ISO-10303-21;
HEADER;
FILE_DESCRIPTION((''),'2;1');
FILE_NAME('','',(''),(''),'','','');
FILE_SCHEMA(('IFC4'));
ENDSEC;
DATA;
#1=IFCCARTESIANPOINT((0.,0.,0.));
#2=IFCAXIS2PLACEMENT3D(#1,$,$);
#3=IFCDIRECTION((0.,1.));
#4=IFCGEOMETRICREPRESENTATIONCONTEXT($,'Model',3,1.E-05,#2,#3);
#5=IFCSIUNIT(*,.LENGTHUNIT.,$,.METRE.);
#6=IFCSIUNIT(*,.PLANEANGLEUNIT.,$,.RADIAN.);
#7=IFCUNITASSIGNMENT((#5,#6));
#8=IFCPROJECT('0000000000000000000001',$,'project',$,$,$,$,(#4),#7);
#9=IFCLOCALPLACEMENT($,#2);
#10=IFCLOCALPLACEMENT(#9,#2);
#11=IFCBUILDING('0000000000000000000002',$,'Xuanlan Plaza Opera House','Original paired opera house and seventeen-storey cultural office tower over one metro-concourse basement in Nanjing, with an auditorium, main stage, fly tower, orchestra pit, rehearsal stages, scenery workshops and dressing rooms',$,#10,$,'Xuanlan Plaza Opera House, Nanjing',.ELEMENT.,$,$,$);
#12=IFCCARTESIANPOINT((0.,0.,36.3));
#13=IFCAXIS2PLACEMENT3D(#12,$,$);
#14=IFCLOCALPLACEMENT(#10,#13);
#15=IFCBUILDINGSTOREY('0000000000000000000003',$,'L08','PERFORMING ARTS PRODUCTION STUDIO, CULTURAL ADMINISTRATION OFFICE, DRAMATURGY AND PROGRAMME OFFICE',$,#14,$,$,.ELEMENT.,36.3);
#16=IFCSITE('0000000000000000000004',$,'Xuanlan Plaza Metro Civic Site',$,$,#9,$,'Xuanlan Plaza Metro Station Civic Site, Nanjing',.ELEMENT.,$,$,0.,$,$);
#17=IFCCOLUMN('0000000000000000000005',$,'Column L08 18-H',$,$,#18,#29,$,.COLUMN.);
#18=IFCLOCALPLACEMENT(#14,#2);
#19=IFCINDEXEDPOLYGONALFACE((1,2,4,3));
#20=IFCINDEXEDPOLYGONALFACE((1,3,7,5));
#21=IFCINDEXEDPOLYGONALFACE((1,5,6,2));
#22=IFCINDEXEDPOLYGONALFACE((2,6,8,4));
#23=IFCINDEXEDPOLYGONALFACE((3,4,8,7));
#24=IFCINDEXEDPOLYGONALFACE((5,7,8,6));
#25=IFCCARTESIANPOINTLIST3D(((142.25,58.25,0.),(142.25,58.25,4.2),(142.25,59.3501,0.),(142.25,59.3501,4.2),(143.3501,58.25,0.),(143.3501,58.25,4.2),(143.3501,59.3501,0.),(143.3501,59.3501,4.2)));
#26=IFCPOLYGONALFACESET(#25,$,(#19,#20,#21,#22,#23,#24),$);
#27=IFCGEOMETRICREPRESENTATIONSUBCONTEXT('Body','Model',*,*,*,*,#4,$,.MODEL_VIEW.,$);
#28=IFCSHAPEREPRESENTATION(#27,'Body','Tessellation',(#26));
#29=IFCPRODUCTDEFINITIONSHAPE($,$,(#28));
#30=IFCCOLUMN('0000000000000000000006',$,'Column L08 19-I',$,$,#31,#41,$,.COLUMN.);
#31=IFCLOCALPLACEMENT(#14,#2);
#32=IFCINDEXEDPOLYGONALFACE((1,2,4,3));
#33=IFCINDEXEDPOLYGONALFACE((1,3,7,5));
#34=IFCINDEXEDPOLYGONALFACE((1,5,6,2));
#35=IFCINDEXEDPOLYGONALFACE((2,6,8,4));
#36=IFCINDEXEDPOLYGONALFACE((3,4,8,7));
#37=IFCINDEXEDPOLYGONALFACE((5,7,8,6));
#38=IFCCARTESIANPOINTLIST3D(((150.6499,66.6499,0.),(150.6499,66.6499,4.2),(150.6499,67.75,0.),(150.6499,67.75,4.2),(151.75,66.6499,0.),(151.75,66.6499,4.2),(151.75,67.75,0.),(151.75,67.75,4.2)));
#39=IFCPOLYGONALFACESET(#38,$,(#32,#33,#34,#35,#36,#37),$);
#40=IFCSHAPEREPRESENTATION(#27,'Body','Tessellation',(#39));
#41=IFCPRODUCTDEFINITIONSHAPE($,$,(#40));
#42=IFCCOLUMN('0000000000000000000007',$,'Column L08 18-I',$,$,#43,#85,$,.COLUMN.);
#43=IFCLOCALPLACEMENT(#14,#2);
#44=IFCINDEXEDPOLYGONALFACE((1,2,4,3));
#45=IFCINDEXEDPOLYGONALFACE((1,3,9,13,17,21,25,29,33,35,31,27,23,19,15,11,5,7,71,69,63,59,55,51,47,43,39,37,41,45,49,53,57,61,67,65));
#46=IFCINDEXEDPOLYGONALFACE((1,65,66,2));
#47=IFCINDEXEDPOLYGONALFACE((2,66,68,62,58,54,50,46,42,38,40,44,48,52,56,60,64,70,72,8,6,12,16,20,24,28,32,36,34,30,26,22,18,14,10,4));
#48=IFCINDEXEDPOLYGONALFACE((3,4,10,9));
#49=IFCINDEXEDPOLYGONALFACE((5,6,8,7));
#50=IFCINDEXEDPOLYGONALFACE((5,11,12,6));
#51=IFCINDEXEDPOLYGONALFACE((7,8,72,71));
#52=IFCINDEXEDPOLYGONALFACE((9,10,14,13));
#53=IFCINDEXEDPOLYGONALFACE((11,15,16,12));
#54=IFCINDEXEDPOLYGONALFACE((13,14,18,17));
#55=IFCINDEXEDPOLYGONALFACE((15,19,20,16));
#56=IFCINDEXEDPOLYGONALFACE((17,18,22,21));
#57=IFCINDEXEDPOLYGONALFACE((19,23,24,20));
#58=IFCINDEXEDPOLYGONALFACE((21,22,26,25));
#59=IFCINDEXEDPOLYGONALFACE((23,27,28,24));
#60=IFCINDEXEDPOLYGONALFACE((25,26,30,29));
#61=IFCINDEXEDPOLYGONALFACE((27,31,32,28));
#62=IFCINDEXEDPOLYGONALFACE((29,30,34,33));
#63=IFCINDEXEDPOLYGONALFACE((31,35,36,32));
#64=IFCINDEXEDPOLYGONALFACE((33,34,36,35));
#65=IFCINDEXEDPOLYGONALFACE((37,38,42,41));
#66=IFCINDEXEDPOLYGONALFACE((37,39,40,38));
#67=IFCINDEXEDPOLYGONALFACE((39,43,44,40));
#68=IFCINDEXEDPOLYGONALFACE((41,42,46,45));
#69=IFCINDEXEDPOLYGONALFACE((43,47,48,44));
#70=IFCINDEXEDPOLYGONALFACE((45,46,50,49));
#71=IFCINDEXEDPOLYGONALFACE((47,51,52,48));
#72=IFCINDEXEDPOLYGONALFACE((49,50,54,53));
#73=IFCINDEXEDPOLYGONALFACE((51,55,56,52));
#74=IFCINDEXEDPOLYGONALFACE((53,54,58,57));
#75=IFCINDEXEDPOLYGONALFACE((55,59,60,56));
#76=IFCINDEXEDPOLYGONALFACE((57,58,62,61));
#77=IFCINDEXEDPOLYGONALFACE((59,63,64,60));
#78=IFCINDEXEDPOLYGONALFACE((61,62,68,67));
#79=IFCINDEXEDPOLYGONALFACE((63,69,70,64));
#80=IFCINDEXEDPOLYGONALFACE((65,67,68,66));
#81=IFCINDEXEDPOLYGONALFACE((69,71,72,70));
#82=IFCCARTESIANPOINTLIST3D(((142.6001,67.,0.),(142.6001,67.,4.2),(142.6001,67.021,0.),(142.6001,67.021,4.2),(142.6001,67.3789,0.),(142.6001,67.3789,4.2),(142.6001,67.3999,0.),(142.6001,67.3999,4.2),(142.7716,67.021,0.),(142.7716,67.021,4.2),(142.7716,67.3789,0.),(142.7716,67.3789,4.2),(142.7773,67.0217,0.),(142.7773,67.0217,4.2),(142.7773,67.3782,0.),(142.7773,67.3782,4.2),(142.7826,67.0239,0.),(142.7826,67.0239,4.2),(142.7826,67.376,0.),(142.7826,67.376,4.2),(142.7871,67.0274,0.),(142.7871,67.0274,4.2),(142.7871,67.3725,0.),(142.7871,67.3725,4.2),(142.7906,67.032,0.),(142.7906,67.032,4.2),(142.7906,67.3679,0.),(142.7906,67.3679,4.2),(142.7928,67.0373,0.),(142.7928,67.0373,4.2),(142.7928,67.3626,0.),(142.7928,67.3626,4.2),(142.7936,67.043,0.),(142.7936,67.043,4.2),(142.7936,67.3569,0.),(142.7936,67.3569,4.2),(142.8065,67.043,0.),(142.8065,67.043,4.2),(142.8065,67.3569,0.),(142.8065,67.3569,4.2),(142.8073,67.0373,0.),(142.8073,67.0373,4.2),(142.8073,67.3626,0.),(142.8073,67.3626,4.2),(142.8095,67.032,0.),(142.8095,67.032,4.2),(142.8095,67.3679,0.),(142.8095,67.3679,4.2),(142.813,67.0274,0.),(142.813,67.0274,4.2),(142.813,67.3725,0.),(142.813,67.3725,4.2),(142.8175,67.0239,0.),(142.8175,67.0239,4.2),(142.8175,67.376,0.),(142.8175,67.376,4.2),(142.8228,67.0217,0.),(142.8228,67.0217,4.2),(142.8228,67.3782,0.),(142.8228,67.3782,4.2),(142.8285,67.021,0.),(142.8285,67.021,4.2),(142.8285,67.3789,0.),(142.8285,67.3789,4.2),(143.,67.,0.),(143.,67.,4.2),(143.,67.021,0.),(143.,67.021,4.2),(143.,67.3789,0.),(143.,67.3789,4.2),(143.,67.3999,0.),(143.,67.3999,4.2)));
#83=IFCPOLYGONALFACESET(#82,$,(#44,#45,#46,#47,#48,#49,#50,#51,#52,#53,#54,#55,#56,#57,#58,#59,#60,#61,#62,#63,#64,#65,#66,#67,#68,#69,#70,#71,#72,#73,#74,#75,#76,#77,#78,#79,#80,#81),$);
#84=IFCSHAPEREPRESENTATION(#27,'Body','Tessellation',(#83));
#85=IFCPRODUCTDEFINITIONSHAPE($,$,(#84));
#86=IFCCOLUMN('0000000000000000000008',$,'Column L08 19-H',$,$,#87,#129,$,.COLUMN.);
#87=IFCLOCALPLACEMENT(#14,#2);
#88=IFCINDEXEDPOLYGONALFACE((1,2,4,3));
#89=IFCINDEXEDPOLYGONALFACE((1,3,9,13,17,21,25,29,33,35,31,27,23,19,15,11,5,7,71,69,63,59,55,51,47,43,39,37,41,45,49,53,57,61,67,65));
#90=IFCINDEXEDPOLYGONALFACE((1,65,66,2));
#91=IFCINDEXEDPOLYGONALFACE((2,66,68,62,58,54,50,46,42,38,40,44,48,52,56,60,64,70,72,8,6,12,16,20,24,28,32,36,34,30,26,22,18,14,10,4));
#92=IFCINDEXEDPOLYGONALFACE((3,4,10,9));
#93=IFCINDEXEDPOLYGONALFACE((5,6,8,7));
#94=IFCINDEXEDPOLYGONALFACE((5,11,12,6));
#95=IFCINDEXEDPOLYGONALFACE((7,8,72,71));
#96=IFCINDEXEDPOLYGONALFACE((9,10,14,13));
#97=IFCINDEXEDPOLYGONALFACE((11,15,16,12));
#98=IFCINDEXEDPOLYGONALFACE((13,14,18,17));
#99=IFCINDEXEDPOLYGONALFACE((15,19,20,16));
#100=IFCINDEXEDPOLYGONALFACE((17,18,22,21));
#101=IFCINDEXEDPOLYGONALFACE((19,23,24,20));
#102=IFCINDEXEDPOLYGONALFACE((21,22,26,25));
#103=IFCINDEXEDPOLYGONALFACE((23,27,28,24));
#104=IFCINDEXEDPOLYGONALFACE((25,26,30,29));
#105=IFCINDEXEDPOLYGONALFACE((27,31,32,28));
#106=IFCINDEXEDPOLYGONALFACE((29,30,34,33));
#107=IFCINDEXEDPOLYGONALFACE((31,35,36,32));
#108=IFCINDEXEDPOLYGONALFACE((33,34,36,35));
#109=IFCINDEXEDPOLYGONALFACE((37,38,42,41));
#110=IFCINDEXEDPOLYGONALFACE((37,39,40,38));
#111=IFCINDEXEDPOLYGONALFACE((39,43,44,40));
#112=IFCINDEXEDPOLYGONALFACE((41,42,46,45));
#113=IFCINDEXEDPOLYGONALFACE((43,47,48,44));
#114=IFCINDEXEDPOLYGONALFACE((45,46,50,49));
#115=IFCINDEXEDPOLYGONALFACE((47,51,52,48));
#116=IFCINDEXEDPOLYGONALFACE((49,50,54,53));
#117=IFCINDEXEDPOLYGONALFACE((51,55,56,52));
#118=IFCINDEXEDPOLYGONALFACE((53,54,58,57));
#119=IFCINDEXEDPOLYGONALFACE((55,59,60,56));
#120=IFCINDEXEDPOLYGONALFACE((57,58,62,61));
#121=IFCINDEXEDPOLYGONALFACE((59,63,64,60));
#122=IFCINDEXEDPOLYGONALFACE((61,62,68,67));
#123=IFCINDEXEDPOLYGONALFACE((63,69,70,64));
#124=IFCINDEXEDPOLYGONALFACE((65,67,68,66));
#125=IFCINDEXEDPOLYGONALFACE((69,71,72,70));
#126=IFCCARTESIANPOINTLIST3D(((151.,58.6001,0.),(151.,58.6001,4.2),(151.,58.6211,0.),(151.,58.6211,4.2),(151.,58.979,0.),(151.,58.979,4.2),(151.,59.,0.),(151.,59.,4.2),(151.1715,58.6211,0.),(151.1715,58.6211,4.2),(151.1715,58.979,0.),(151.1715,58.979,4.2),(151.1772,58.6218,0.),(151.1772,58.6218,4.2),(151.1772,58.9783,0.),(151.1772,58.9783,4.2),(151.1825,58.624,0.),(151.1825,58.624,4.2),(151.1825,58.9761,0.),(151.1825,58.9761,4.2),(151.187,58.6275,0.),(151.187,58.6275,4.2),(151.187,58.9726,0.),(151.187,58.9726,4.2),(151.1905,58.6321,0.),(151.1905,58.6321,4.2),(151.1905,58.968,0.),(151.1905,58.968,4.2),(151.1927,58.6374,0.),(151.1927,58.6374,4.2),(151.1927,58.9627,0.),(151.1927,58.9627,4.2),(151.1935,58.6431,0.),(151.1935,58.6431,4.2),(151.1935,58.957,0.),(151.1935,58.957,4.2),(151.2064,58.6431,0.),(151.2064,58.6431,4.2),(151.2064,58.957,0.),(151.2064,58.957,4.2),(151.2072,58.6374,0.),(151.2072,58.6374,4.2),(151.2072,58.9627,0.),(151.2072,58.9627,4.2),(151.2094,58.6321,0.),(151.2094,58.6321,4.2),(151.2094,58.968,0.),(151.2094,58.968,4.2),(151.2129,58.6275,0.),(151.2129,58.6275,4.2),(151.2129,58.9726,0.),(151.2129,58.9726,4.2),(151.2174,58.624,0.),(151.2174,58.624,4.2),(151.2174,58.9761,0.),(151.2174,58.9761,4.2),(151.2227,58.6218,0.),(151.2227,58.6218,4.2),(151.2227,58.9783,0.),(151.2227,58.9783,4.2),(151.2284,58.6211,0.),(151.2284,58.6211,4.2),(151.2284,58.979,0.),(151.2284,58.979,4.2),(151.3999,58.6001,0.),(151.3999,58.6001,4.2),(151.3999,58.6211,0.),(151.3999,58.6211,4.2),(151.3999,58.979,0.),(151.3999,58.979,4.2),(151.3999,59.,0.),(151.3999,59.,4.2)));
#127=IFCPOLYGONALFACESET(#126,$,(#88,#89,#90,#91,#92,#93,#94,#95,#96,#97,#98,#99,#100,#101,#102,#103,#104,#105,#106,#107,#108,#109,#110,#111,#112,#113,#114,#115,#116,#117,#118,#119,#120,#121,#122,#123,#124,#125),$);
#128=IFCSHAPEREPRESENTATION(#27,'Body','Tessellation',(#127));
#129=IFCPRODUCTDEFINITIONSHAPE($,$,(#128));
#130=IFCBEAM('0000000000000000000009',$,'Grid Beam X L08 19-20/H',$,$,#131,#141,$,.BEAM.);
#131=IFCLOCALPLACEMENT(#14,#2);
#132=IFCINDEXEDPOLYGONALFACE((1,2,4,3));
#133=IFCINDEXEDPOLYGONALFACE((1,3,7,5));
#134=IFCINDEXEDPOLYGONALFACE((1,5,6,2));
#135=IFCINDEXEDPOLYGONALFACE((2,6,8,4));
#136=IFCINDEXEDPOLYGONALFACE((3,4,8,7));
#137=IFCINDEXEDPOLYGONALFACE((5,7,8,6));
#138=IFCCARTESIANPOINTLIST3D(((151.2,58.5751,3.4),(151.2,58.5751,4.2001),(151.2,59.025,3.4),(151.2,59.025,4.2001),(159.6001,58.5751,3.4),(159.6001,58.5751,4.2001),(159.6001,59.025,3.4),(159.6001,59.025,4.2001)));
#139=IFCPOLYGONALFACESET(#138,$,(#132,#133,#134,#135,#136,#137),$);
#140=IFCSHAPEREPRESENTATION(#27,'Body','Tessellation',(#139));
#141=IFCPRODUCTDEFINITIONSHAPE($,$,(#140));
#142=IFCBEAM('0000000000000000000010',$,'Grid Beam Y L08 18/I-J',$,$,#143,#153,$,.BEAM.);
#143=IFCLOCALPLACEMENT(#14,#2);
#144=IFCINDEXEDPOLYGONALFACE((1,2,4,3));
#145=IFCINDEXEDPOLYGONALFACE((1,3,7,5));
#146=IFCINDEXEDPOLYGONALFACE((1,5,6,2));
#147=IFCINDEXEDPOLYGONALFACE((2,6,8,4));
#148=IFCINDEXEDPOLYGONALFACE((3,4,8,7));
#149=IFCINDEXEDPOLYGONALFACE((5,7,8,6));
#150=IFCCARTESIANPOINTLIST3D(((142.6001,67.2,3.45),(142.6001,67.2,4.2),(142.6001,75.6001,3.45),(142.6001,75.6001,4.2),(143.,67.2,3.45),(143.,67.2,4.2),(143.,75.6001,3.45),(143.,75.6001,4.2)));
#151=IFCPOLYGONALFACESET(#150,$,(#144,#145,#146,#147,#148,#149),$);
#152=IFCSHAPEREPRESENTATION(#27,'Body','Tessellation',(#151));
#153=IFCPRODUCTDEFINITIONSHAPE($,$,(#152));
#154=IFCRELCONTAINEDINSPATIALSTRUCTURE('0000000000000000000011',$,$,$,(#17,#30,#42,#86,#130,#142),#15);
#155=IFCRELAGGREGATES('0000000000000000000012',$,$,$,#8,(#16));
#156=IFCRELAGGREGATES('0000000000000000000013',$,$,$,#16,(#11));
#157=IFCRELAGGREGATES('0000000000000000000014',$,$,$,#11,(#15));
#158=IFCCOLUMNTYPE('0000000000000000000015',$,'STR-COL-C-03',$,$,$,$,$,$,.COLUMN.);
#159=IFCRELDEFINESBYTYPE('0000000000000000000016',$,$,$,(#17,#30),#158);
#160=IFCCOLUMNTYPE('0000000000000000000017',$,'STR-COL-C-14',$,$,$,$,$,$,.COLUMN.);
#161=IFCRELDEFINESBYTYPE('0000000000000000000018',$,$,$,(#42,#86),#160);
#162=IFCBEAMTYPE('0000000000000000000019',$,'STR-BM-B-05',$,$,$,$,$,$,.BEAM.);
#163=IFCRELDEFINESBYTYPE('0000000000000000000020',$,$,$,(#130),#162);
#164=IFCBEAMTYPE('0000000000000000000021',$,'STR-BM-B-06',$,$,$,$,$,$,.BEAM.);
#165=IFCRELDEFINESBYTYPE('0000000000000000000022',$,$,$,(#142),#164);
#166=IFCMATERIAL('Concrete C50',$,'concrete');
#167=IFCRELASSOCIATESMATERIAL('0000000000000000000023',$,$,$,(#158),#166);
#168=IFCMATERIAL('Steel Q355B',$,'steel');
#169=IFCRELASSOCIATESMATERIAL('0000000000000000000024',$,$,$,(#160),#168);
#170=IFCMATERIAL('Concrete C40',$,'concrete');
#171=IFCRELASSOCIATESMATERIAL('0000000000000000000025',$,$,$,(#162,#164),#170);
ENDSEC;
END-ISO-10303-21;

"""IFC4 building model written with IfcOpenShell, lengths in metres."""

from ifc_helpers import new_model, si_unit, direction, frame, origin, origin_2d, place, context, subcontext, project, spatial, rectangle, i_section, extrude, material, material_profile, profile_set, type_object, element, save


model = new_model("IFC4")

# Units and contexts
model_context = context("Model", 3, precision=1e-05, world=origin(), true_north=direction((0.0, 1.0)))
body_context = subcontext(model_context, "Body", "Model", "MODEL_VIEW")
ifc_project = project(units=[si_unit("LENGTHUNIT", "METRE"), si_unit("PLANEANGLEUNIT", "RADIAN")], contexts=[model_context])

# Site, building, storey
site_placement = place(None, origin())
site = spatial("IfcSite", under=ifc_project, at=site_placement, Name="Xuanlan Plaza Metro Civic Site", LongName="Xuanlan Plaza Metro Station Civic Site, Nanjing", CompositionType="ELEMENT", RefElevation=0.0)
building_placement = place(site_placement, origin())
building = spatial("IfcBuilding", under=site, at=building_placement, Name="Xuanlan Plaza Opera House", Description="Original paired opera house and seventeen-storey cultural office tower over one metro-concourse basement in Nanjing, with an auditorium, main stage, fly tower, orchestra pit, rehearsal stages, scenery workshops and dressing rooms", LongName="Xuanlan Plaza Opera House, Nanjing", CompositionType="ELEMENT")
storey_placement = place(building_placement, frame((0.0, 0.0, 36.3)))
storey = spatial("IfcBuildingStorey", under=building, at=storey_placement, Name="L08", Description="PERFORMING ARTS PRODUCTION STUDIO, CULTURAL ADMINISTRATION OFFICE, DRAMATURGY AND PROGRAMME OFFICE", CompositionType="ELEMENT", Elevation=36.3)

# Columns
ifc_material_1 = material(Name="Concrete C50", Category="concrete")
ifc_material_profile_1 = material_profile(ifc_material_1, rectangle(XDim=1.1001, YDim=1.1001, at=origin_2d()), Name="RC-COL 1100x1100")
ifc_profile_set_1 = profile_set([ifc_material_profile_1], Name="Concrete C50")
column_type_1 = type_object("IfcColumnType", Name="STR-COL-C-03", PredefinedType="COLUMN", material=ifc_profile_set_1)
for number, where, z_axis, x_axis, name in (
    (1, (142.8, 58.8, 0.0), (0.0, 0.0, 1.0), (1.0, 0.0, 0.0), "Column L08 18-H"),
    (2, (151.2, 67.2, 0.0), (0.0, 0.0, 1.0), (1.0, 0.0, 0.0), "Column L08 19-I"),
):
    element("IfcColumn", number, at=place(storey_placement, frame(where, z_axis=z_axis, x_axis=x_axis)), inside=storey, type_object=column_type_1, Name=name, PredefinedType="COLUMN", context=body_context, shape_type="SweptSolid", body=[
        extrude(rectangle(XDim=1.1001, YDim=1.1001, at=origin_2d()), origin(), (0.0, 0.0, 1.0), 4.2),
    ])
ifc_material_2 = material(Name="Steel Q355B", Category="steel")
ifc_material_profile_2 = material_profile(ifc_material_2, i_section(OverallWidth=0.3999, OverallDepth=0.3999, WebThickness=0.0129, FlangeThickness=0.021, FilletRadius=0.022, at=origin_2d()), Name="HW 400x400x13x21")
ifc_profile_set_2 = profile_set([ifc_material_profile_2], Name="Steel Q355B")
column_type_2 = type_object("IfcColumnType", Name="STR-COL-C-14", PredefinedType="COLUMN", material=ifc_profile_set_2)
for number, where, z_axis, x_axis, name in (
    (3, (142.8, 67.2, 0.0), (0.0, 0.0, 1.0), (1.0, 0.0, 0.0), "Column L08 18-I"),
    (4, (151.2, 58.8, 0.0), (0.0, 0.0, 1.0), (1.0, 0.0, 0.0), "Column L08 19-H"),
):
    element("IfcColumn", number, at=place(storey_placement, frame(where, z_axis=z_axis, x_axis=x_axis)), inside=storey, type_object=column_type_2, Name=name, PredefinedType="COLUMN", context=body_context, shape_type="SweptSolid", body=[
        extrude(i_section(OverallWidth=0.3999, OverallDepth=0.3999, WebThickness=0.0129, FlangeThickness=0.021, FilletRadius=0.022, at=origin_2d()), origin(), (0.0, 0.0, 1.0), 4.2),
    ])

# Beams
ifc_material_3 = material(Name="Concrete C40", Category="concrete")
ifc_material_profile_3 = material_profile(ifc_material_3, rectangle(XDim=0.45, YDim=0.8, at=origin_2d()), Name="RC-BM 450x800")
ifc_profile_set_3 = profile_set([ifc_material_profile_3], Name="Concrete C40")
beam_type_1 = type_object("IfcBeamType", Name="STR-BM-B-05", PredefinedType="BEAM", material=ifc_profile_set_3)
beam_1_placement = place(storey_placement, frame((151.2, 58.8, 3.8), z_axis=(1.0, 0.0, 0.0), x_axis=(0.0, 1.0, 0.0)))
element("IfcBeam", 5, at=beam_1_placement, inside=storey, type_object=beam_type_1, Name="Grid Beam X L08 19-20/H", PredefinedType="BEAM", context=body_context, shape_type="SweptSolid", body=[
    extrude(rectangle(XDim=0.45, YDim=0.8, at=origin_2d()), origin(), (0.0, 0.0, 1.0), 8.4001),
])
ifc_material_profile_4 = material_profile(ifc_material_3, rectangle(XDim=0.3999, YDim=0.75, at=origin_2d()), Name="RC-BM 400x750")
ifc_profile_set_4 = profile_set([ifc_material_profile_4], Name="Concrete C40")
beam_type_2 = type_object("IfcBeamType", Name="STR-BM-B-06", PredefinedType="BEAM", material=ifc_profile_set_4)
beam_2_placement = place(storey_placement, frame((142.8, 67.2, 3.825), z_axis=(0.0, 1.0, 0.0), x_axis=(-1.0, 0.0, 0.0)))
element("IfcBeam", 6, at=beam_2_placement, inside=storey, type_object=beam_type_2, Name="Grid Beam Y L08 18/I-J", PredefinedType="BEAM", context=body_context, shape_type="SweptSolid", body=[
    extrude(rectangle(XDim=0.3999, YDim=0.75, at=origin_2d()), origin(), (0.0, 0.0, 1.0), 8.4001),
])

save(model, "model.ifc")
